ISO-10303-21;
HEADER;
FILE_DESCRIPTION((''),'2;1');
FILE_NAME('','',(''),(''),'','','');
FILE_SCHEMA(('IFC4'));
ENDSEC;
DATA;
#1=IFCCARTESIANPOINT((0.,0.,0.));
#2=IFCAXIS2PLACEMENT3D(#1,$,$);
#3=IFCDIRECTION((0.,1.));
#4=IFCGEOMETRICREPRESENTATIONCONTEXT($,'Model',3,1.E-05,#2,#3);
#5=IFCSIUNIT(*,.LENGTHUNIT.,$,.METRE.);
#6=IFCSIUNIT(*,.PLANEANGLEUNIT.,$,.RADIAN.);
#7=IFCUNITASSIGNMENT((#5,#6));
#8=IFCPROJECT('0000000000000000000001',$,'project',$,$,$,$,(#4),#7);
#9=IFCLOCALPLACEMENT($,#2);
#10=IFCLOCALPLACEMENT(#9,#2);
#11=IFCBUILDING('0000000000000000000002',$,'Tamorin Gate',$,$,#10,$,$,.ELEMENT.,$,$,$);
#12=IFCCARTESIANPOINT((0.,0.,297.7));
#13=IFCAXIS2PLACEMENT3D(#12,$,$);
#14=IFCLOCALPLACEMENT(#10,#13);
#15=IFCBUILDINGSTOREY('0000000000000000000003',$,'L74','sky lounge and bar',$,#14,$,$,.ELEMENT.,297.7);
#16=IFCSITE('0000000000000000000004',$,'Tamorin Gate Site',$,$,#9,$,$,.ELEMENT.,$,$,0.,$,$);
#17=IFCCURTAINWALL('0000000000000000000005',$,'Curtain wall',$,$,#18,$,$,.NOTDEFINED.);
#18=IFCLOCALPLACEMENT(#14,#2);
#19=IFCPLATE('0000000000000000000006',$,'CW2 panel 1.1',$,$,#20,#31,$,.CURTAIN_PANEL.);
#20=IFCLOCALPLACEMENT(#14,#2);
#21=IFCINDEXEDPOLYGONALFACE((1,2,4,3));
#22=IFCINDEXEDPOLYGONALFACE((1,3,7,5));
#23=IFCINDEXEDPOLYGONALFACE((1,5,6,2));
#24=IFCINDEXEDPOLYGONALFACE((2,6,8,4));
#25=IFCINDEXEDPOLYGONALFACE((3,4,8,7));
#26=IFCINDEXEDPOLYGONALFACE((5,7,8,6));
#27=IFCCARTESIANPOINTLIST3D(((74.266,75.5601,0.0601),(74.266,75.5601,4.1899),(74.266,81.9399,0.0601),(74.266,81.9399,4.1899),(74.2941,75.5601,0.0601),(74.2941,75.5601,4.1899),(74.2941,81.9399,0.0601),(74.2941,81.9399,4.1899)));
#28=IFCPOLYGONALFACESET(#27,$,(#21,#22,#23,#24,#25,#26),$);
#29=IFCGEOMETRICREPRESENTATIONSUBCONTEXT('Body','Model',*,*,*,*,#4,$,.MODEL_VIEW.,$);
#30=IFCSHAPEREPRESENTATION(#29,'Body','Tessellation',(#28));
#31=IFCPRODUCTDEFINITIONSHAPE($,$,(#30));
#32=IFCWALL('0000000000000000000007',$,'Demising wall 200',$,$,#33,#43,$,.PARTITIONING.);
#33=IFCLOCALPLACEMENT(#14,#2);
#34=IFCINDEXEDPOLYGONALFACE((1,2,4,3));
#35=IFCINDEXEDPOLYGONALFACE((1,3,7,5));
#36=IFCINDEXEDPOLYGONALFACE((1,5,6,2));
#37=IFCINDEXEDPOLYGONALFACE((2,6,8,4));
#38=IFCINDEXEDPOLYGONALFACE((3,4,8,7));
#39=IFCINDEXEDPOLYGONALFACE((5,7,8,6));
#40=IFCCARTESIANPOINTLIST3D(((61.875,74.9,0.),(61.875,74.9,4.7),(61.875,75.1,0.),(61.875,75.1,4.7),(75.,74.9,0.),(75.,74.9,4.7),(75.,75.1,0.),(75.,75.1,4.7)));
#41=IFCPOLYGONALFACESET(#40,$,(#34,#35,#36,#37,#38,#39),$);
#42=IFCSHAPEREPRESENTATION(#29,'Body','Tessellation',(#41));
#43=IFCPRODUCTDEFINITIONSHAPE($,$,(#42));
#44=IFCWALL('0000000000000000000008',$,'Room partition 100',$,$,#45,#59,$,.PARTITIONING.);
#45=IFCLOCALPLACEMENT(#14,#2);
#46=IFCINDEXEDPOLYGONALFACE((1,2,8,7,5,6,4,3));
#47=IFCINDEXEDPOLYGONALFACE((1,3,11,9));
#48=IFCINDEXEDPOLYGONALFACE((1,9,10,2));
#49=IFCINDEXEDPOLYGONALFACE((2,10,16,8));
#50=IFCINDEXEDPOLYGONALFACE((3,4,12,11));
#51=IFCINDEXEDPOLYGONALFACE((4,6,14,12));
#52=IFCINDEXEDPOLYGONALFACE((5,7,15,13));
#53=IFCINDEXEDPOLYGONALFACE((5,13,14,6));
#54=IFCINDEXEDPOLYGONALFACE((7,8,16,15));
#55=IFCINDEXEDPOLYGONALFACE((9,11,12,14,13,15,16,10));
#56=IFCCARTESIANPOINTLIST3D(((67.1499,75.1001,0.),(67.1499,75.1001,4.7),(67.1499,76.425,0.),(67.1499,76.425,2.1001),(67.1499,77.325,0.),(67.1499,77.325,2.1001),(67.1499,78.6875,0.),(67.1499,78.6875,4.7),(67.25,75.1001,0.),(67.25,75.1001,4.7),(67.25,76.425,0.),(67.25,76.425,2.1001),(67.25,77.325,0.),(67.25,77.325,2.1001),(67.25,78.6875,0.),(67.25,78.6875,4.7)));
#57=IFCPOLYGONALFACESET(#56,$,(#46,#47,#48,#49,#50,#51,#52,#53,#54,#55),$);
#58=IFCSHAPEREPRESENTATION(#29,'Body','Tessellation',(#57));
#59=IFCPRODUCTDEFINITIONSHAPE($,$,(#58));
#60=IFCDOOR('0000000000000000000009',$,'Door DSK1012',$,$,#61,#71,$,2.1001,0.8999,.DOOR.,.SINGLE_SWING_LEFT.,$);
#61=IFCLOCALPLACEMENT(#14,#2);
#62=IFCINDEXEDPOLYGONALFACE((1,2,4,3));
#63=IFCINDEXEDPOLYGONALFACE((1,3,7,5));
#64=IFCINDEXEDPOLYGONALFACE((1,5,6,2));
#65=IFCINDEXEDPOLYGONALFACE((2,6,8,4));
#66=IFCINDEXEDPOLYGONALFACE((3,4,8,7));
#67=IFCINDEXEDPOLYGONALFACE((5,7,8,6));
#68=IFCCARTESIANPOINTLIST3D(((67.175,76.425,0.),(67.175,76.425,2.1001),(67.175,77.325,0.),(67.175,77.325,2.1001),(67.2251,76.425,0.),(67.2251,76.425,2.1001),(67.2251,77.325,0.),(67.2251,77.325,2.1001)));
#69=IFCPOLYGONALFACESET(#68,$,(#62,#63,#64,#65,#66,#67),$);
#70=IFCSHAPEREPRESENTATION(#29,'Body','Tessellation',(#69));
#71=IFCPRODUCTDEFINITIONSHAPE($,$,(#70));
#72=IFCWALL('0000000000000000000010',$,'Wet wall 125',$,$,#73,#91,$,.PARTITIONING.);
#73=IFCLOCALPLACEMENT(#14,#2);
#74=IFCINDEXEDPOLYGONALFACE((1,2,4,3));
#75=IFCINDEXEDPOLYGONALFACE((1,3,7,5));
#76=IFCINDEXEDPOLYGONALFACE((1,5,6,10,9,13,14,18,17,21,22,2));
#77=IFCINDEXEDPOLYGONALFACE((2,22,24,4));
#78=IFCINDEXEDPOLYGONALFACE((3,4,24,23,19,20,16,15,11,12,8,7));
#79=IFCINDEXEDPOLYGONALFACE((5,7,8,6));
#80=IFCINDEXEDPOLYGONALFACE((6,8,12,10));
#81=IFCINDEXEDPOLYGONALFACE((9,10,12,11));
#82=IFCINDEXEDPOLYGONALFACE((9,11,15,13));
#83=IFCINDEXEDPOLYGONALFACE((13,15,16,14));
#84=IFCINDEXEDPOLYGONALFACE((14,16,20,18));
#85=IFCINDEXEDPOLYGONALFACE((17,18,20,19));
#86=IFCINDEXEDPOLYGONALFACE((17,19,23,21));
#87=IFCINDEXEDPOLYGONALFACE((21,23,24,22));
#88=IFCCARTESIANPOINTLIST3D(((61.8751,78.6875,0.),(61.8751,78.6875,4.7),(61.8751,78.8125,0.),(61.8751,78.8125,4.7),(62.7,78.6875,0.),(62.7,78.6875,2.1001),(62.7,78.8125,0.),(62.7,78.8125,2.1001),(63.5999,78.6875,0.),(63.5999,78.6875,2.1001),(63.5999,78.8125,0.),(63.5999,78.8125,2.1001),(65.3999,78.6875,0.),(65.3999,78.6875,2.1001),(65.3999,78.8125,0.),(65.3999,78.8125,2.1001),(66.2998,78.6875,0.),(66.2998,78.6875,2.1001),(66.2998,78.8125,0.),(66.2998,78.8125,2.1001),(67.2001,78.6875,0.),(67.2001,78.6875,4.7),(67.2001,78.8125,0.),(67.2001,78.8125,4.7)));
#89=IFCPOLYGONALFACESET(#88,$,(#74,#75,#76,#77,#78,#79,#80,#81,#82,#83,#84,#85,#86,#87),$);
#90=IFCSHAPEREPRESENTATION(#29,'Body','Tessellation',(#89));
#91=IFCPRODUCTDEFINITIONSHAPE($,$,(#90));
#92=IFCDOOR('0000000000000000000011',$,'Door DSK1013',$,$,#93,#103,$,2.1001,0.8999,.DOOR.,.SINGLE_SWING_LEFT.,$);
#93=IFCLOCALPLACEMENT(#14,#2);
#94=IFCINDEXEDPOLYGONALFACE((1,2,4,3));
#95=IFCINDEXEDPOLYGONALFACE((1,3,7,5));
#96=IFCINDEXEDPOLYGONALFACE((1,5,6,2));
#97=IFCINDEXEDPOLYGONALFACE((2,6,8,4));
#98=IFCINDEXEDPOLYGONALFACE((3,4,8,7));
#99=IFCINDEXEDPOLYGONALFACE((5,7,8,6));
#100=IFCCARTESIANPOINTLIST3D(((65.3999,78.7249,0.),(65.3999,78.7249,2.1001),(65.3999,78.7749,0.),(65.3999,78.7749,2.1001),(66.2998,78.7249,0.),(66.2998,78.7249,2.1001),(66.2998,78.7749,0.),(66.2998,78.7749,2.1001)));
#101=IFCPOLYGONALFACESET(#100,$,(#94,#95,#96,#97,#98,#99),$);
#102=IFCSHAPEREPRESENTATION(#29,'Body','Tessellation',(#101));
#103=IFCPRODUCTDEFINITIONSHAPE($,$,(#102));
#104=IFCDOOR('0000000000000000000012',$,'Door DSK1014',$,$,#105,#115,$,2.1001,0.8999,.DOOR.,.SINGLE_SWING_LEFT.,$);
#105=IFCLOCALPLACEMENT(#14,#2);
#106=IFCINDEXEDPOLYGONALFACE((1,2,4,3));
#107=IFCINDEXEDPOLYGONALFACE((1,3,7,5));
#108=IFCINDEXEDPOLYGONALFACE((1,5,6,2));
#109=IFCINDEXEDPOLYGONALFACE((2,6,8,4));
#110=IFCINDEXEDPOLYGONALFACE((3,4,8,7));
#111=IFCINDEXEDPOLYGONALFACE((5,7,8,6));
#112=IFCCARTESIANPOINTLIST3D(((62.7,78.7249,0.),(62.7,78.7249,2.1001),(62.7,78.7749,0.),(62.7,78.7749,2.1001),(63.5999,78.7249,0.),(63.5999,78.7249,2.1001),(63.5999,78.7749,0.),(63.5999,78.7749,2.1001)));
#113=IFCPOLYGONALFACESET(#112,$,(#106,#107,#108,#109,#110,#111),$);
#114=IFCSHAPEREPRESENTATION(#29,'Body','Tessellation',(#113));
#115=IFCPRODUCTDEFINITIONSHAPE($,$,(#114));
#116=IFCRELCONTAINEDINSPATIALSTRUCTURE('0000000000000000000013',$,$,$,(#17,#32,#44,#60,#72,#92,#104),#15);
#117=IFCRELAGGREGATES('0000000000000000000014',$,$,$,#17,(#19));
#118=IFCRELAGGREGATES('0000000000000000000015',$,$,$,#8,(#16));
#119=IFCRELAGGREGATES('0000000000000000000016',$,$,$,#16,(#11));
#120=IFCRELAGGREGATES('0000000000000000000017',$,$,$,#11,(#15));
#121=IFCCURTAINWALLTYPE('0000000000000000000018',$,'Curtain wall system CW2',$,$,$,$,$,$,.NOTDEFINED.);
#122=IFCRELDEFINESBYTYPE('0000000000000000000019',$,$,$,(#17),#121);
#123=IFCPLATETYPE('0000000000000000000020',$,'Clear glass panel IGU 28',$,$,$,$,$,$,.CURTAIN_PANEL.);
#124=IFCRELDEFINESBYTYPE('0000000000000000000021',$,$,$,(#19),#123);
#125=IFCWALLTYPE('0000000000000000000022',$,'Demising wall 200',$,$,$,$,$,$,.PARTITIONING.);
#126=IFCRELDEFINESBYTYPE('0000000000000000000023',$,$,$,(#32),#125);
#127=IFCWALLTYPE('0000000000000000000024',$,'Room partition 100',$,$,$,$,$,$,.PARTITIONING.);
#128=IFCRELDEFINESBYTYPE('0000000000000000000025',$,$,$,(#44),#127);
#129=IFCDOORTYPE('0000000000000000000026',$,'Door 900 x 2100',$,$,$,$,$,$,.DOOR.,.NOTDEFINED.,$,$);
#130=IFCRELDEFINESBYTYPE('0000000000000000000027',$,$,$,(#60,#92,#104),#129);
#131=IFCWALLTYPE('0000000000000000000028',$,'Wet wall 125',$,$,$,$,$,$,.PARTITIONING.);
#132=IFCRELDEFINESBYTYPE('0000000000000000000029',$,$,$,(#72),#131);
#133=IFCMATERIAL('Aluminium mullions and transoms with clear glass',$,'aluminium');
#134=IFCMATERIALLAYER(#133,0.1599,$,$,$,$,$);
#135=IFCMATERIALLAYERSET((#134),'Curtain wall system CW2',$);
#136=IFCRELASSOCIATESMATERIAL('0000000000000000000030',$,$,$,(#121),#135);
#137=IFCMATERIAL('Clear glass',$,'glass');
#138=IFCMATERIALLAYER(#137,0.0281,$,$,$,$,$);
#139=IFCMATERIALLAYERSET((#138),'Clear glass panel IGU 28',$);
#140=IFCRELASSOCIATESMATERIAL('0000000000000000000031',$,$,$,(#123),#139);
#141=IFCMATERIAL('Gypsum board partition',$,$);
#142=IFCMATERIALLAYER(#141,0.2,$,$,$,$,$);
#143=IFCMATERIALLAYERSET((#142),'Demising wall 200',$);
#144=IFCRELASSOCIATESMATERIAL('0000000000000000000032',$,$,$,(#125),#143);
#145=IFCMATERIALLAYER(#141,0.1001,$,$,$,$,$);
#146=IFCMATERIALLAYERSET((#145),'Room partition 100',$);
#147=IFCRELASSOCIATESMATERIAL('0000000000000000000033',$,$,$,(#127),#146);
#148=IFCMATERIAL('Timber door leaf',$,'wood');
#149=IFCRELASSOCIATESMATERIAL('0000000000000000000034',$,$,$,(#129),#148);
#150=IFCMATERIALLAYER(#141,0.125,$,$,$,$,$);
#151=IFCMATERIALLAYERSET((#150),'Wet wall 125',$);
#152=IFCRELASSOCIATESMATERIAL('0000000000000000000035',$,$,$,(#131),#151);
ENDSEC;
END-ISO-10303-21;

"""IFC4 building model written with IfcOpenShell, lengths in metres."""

from ifc_helpers import new_model, si_unit, direction, frame, frame_2d, origin, origin_2d, place, context, subcontext, project, spatial, rectangle, extrude, material, layer, layer_set, type_object, element, fill, aggregate, save


model = new_model("IFC4")

# Units and contexts
model_context = context("Model", 3, precision=1e-05, world=origin(), true_north=direction((0.0, 1.0)))
body_context = subcontext(model_context, "Body", "Model", "MODEL_VIEW")
ifc_project = project(units=[si_unit("LENGTHUNIT", "METRE"), si_unit("PLANEANGLEUNIT", "RADIAN")], contexts=[model_context])

# Site, building, storey
site_placement = place(None, origin())
site = spatial("IfcSite", under=ifc_project, at=site_placement, Name="Tamorin Gate Site", CompositionType="ELEMENT", RefElevation=0.0)
building_placement = place(site_placement, origin())
building = spatial("IfcBuilding", under=site, at=building_placement, Name="Tamorin Gate", CompositionType="ELEMENT")
storey_placement = place(building_placement, frame((0.0, 0.0, 297.7)))
storey = spatial("IfcBuildingStorey", under=building, at=storey_placement, Name="L74", Description="sky lounge and bar", CompositionType="ELEMENT", Elevation=297.7)

# Shared definitions
ifc_material_1 = material(Name="Aluminium mullions and transoms with clear glass", Category="aluminium")
ifc_layer_1 = layer(ifc_material_1, 0.1599)
ifc_layer_set_1 = layer_set([ifc_layer_1], Name="Curtain wall system CW2")
curtain_wall_type = type_object("IfcCurtainWallType", Name="Curtain wall system CW2", PredefinedType="NOTDEFINED", material=ifc_layer_set_1)

# Curtain wall
curtain_wall_1_placement = place(storey_placement, origin())
curtain_wall_1 = element("IfcCurtainWall", 1, at=curtain_wall_1_placement, inside=storey, type_object=curtain_wall_type, Name="Curtain wall", PredefinedType="NOTDEFINED")

# Plate
ifc_material_2 = material(Name="Clear glass", Category="glass")
ifc_layer_2 = layer(ifc_material_2, 0.0281)
ifc_layer_set_2 = layer_set([ifc_layer_2], Name="Clear glass panel IGU 28")
plate_type = type_object("IfcPlateType", Name="Clear glass panel IGU 28", PredefinedType="CURTAIN_PANEL", material=ifc_layer_set_2)
plate_1_placement = place(storey_placement, frame((74.28, 78.75, 0.0601), z_axis=(0.0, 0.0, 1.0), x_axis=(0.0, 1.0, 0.0)))
plate_1 = element("IfcPlate", 2, at=plate_1_placement, type_object=plate_type, Name="CW2 panel 1.1", PredefinedType="CURTAIN_PANEL", context=body_context, shape_type="SweptSolid", body=[
    extrude(rectangle(XDim=6.3799, YDim=0.0281, at=origin_2d()), origin(), (0.0, 0.0, 1.0), 4.1299),
])
aggregate(curtain_wall_1, [plate_1])

# Wall
ifc_material_3 = material(Name="Gypsum board partition")
ifc_layer_3 = layer(ifc_material_3, 0.2)
ifc_layer_set_3 = layer_set([ifc_layer_3], Name="Demising wall 200")
wall_type_1 = type_object("IfcWallType", Name="Demising wall 200", PredefinedType="PARTITIONING", material=ifc_layer_set_3)
wall_1_placement = place(storey_placement, frame((61.875, 75.0, 0.0), z_axis=(0.0, 0.0, 1.0), x_axis=(1.0, 0.0, 0.0)))
element("IfcWall", 3, at=wall_1_placement, inside=storey, type_object=wall_type_1, Name="Demising wall 200", PredefinedType="PARTITIONING", context=body_context, shape_type="SweptSolid", body=[
    extrude(rectangle(XDim=13.125, YDim=0.2, at=frame_2d((6.5625, 0.0))), origin(), (0.0, 0.0, 1.0), 4.7),
])

# Wall, opening, door
ifc_layer_4 = layer(ifc_material_3, 0.1001)
ifc_layer_set_4 = layer_set([ifc_layer_4], Name="Room partition 100")
wall_type_2 = type_object("IfcWallType", Name="Room partition 100", PredefinedType="PARTITIONING", material=ifc_layer_set_4)
wall_2_placement = place(storey_placement, frame((67.2, 75.1001, 0.0), z_axis=(0.0, 0.0, 1.0), x_axis=(0.0, 1.0, 0.0)))
wall_2 = element("IfcWall", 4, at=wall_2_placement, inside=storey, type_object=wall_type_2, Name="Room partition 100", PredefinedType="PARTITIONING", context=body_context, shape_type="SweptSolid", body=[
    extrude(rectangle(XDim=3.5874, YDim=0.1001, at=frame_2d((1.7937, 0.0))), origin(), (0.0, 0.0, 1.0), 4.7),
])
opening_1_placement = place(wall_2_placement, frame((1.325, 0.0, 0.0)))
opening_1 = element("IfcOpeningElement", 5, at=opening_1_placement, cuts=wall_2, PredefinedType="OPENING", context=body_context, shape_type="SweptSolid", body=[
    extrude(rectangle(XDim=0.8999, YDim=2.1001, at=frame_2d((0.45, 1.05))), frame((0.0, 0.0601, 0.0), z_axis=(0.0, -1.0, 0.0), x_axis=(1.0, 0.0, 0.0)), (0.0, 0.0, 1.0), 0.1201),
])
ifc_material_4 = material(Name="Timber door leaf", Category="wood")
door_type = type_object("IfcDoorType", Name="Door 900 x 2100", OperationType="NOTDEFINED", PredefinedType="DOOR", material=ifc_material_4)
door_1_placement = place(opening_1_placement, origin())
door_1 = element("IfcDoor", 6, at=door_1_placement, inside=storey, type_object=door_type, Name="Door DSK1012", OperationType="SINGLE_SWING_LEFT", OverallHeight=2.1001, OverallWidth=0.8999, PredefinedType="DOOR", context=body_context, shape_type="SweptSolid", body=[
    extrude(rectangle(XDim=0.8999, YDim=2.1001, at=frame_2d((0.45, 1.05))), frame((0.0, 0.0249, 0.0), z_axis=(0.0, -1.0, 0.0), x_axis=(1.0, 0.0, 0.0)), (0.0, 0.0, 1.0), 0.05),
])
fill(opening_1, door_1)

# Wall, openings, doors
ifc_layer_5 = layer(ifc_material_3, 0.125)
ifc_layer_set_5 = layer_set([ifc_layer_5], Name="Wet wall 125")
wall_type_3 = type_object("IfcWallType", Name="Wet wall 125", PredefinedType="PARTITIONING", material=ifc_layer_set_5)
wall_3_placement = place(storey_placement, frame((61.875, 78.75, 0.0), z_axis=(0.0, 0.0, 1.0), x_axis=(1.0, 0.0, 0.0)))
wall_3 = element("IfcWall", 7, at=wall_3_placement, inside=storey, type_object=wall_type_3, Name="Wet wall 125", PredefinedType="PARTITIONING", context=body_context, shape_type="SweptSolid", body=[
    extrude(rectangle(XDim=5.325, YDim=0.125, at=frame_2d((2.6626, 0.0))), origin(), (0.0, 0.0, 1.0), 4.7),
])
opening_2_placement = place(wall_3_placement, frame((3.5249, 0.0, 0.0)))
opening_2 = element("IfcOpeningElement", 8, at=opening_2_placement, cuts=wall_3, PredefinedType="OPENING", context=body_context, shape_type="SweptSolid", body=[
    extrude(rectangle(XDim=0.8999, YDim=2.1001, at=frame_2d((0.45, 1.05))), frame((0.0, 0.0725, 0.0), z_axis=(0.0, -1.0, 0.0), x_axis=(1.0, 0.0, 0.0)), (0.0, 0.0, 1.0), 0.145),
])
opening_3_placement = place(wall_3_placement, frame((0.825, 0.0, 0.0)))
opening_3 = element("IfcOpeningElement", 9, at=opening_3_placement, cuts=wall_3, PredefinedType="OPENING", context=body_context, shape_type="SweptSolid", body=[
    extrude(rectangle(XDim=0.8999, YDim=2.1001, at=frame_2d((0.45, 1.05))), frame((0.0, 0.0725, 0.0), z_axis=(0.0, -1.0, 0.0), x_axis=(1.0, 0.0, 0.0)), (0.0, 0.0, 1.0), 0.145),
])
door_2_placement = place(opening_2_placement, origin())
door_2 = element("IfcDoor", 10, at=door_2_placement, inside=storey, type_object=door_type, Name="Door DSK1013", OperationType="SINGLE_SWING_LEFT", OverallHeight=2.1001, OverallWidth=0.8999, PredefinedType="DOOR", context=body_context, shape_type="SweptSolid", body=[
    extrude(rectangle(XDim=0.8999, YDim=2.1001, at=frame_2d((0.45, 1.05))), frame((0.0, 0.0249, 0.0), z_axis=(0.0, -1.0, 0.0), x_axis=(1.0, 0.0, 0.0)), (0.0, 0.0, 1.0), 0.05),
])
fill(opening_2, door_2)
door_3_placement = place(opening_3_placement, origin())
door_3 = element("IfcDoor", 11, at=door_3_placement, inside=storey, type_object=door_type, Name="Door DSK1014", OperationType="SINGLE_SWING_LEFT", OverallHeight=2.1001, OverallWidth=0.8999, PredefinedType="DOOR", context=body_context, shape_type="SweptSolid", body=[
    extrude(rectangle(XDim=0.8999, YDim=2.1001, at=frame_2d((0.45, 1.05))), frame((0.0, 0.0249, 0.0), z_axis=(0.0, -1.0, 0.0), x_axis=(1.0, 0.0, 0.0)), (0.0, 0.0, 1.0), 0.05),
])
fill(opening_3, door_3)

save(model, "model.ifc")
